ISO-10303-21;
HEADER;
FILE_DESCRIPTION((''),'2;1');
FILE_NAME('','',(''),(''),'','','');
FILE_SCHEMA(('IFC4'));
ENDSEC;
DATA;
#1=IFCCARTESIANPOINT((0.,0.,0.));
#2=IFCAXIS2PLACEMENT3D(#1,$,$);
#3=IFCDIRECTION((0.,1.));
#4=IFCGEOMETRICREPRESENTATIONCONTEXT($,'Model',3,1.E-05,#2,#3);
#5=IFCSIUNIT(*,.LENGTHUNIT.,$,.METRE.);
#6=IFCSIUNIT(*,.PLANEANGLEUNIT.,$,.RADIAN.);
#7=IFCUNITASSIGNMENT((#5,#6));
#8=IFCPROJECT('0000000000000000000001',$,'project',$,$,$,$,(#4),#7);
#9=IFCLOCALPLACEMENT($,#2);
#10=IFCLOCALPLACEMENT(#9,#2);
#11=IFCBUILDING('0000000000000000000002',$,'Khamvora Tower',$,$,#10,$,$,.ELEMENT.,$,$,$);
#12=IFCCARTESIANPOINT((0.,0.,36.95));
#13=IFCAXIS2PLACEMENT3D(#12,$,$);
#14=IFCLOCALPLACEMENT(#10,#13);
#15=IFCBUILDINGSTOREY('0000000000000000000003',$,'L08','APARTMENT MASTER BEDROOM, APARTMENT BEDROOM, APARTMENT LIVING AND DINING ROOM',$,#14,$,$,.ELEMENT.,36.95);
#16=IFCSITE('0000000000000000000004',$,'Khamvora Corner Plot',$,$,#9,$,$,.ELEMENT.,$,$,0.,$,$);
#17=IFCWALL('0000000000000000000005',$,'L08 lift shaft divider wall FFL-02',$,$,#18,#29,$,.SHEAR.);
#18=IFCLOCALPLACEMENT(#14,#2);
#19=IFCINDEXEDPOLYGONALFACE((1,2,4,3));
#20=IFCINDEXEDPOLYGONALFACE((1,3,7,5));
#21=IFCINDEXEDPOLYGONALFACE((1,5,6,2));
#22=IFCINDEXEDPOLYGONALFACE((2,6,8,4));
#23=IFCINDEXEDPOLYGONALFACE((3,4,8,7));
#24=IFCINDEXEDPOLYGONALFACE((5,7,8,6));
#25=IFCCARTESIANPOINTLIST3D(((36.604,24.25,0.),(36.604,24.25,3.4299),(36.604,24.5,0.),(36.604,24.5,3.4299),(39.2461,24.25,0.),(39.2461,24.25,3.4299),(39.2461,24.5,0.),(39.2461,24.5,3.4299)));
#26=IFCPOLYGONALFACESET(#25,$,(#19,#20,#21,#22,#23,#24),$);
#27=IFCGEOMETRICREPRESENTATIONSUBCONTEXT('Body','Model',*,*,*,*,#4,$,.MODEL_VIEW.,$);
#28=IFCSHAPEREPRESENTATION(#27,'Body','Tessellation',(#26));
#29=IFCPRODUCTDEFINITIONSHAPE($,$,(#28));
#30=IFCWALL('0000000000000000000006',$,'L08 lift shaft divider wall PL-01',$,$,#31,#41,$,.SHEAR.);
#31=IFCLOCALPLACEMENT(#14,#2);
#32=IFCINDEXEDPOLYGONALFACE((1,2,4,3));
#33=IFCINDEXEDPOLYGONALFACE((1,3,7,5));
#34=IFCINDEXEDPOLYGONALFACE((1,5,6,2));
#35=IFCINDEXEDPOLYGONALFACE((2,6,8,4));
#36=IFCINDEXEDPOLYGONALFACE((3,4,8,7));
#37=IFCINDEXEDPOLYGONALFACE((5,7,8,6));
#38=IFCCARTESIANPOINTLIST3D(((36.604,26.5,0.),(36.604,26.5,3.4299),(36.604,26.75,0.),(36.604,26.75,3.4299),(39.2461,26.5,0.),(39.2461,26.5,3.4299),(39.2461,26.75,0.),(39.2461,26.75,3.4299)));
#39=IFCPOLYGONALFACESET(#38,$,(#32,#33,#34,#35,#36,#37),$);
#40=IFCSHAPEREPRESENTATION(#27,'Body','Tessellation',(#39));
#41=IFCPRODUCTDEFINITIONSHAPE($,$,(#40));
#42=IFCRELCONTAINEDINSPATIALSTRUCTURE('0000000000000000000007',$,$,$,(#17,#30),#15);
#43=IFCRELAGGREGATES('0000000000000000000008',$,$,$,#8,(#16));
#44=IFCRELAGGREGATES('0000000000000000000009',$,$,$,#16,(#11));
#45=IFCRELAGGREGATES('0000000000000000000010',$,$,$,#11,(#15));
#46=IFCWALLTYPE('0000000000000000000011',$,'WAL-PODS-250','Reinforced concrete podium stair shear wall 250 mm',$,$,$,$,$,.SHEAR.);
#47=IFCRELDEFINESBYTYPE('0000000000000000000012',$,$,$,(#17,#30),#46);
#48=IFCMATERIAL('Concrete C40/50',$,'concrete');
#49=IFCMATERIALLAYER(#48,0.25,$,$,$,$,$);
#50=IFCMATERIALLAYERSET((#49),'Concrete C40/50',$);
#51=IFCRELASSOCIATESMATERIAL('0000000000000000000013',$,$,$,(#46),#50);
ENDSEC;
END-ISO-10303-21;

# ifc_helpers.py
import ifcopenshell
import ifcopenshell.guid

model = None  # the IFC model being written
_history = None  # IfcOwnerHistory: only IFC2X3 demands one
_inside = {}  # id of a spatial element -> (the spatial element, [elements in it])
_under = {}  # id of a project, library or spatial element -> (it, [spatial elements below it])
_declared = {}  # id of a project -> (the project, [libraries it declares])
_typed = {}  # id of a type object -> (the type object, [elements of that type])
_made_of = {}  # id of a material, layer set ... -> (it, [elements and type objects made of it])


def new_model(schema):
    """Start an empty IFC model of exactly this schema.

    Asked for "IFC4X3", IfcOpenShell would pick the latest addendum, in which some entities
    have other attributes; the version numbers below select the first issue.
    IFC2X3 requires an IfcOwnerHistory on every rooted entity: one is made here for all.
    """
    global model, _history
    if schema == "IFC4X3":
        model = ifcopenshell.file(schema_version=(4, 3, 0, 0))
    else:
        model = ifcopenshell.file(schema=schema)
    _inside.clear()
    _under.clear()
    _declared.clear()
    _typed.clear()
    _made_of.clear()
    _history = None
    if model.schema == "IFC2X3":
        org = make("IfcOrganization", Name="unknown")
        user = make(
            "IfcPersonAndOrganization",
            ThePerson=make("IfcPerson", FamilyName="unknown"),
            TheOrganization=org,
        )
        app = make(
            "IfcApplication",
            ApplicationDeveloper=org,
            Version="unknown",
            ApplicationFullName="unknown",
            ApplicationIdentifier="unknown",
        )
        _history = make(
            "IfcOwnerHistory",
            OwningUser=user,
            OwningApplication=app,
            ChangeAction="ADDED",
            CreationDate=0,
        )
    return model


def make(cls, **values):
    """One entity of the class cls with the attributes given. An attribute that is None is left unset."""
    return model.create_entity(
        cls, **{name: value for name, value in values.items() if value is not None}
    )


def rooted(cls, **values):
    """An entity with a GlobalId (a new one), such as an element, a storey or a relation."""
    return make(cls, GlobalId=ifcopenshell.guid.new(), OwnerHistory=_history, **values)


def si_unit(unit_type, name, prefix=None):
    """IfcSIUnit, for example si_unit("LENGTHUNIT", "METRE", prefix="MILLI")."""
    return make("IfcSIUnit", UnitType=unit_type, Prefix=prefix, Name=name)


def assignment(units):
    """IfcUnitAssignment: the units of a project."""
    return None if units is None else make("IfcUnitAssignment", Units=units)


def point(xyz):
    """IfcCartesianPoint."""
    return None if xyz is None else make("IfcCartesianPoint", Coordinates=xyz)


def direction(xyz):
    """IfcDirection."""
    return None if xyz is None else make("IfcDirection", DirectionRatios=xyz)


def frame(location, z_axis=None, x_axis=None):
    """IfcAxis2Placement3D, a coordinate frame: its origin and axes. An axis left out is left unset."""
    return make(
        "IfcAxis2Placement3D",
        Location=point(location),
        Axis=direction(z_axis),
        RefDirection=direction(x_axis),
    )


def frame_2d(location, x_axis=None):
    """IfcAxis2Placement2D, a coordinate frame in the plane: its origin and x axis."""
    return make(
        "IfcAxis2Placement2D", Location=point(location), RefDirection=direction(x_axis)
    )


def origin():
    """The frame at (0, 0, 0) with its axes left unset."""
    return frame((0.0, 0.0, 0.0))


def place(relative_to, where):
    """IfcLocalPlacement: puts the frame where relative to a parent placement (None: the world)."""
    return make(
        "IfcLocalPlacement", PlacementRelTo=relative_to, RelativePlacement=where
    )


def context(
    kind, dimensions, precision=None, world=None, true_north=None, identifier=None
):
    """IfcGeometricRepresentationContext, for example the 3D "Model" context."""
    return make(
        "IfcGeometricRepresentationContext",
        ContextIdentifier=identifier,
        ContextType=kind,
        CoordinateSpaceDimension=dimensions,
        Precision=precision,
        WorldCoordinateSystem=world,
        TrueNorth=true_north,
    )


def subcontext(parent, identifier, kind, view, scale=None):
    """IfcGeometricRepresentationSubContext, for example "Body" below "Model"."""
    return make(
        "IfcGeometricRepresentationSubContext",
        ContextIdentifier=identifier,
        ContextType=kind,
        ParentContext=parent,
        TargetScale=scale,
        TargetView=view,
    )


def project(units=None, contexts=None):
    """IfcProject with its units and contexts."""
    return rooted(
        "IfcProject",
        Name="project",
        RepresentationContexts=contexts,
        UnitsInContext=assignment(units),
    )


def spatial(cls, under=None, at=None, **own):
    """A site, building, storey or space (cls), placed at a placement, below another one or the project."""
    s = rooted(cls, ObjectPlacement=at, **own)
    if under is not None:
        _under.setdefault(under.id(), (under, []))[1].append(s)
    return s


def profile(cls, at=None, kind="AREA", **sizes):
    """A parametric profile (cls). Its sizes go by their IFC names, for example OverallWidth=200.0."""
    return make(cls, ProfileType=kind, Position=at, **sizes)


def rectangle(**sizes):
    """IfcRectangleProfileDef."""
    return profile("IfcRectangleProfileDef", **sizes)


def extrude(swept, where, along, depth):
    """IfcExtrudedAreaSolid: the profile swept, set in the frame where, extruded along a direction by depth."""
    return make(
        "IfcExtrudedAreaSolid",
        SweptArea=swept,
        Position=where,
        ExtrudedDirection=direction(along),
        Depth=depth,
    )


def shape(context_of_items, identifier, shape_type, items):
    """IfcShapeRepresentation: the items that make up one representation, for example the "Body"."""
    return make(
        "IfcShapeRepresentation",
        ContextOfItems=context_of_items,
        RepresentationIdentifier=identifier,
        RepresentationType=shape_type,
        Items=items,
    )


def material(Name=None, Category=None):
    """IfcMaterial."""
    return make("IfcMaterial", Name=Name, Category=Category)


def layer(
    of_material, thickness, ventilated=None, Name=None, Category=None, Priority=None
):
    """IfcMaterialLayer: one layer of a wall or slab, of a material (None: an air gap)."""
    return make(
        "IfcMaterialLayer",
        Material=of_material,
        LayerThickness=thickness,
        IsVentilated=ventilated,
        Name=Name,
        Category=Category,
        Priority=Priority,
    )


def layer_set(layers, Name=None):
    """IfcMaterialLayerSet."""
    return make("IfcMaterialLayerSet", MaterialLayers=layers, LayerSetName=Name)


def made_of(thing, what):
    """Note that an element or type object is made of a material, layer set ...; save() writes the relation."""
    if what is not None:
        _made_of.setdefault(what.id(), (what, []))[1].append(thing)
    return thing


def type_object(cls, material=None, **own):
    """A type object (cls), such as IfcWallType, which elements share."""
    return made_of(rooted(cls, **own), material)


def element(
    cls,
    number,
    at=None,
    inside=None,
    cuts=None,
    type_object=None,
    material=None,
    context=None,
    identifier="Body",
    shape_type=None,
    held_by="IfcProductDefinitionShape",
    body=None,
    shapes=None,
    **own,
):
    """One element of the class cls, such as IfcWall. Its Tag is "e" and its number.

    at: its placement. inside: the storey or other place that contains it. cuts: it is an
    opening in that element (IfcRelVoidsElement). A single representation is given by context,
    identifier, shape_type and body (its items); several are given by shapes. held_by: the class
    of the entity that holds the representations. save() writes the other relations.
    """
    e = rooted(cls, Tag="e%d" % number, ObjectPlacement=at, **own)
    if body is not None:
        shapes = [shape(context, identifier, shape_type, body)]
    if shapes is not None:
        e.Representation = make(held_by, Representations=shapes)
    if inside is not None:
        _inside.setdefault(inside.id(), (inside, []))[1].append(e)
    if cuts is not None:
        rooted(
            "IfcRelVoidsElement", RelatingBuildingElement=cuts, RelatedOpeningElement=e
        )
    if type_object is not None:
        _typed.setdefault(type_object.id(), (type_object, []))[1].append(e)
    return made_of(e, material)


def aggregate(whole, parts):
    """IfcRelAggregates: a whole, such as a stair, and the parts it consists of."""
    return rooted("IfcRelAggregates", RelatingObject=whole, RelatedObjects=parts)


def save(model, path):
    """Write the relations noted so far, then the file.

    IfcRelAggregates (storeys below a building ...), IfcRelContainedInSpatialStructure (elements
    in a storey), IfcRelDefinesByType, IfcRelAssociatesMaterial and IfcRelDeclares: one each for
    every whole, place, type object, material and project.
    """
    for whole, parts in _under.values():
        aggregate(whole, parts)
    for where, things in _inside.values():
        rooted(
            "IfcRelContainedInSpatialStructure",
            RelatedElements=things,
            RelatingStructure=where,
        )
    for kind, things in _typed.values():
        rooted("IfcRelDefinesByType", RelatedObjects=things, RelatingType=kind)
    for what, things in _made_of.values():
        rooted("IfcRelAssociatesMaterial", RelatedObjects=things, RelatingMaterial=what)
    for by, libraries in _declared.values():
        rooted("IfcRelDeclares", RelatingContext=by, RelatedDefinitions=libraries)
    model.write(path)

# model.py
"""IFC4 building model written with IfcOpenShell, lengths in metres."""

from ifc_helpers import new_model, si_unit, direction, frame, frame_2d, origin, place, context, subcontext, project, spatial, rectangle, extrude, material, layer, layer_set, type_object, element, save


model = new_model("IFC4")

# Units and contexts
model_context = context("Model", 3, precision=1e-05, world=origin(), true_north=direction((0.0, 1.0)))
body_context = subcontext(model_context, "Body", "Model", "MODEL_VIEW")
ifc_project = project(units=[si_unit("LENGTHUNIT", "METRE"), si_unit("PLANEANGLEUNIT", "RADIAN")], contexts=[model_context])

# Site, building, storey
site_placement = place(None, origin())
site = spatial("IfcSite", under=ifc_project, at=site_placement, Name="Khamvora Corner Plot", CompositionType="ELEMENT", RefElevation=0.0)
building_placement = place(site_placement, origin())
building = spatial("IfcBuilding", under=site, at=building_placement, Name="Khamvora Tower", CompositionType="ELEMENT")
storey_placement = place(building_placement, frame((0.0, 0.0, 36.95)))
storey = spatial("IfcBuildingStorey", under=building, at=storey_placement, Name="L08", Description="APARTMENT MASTER BEDROOM, APARTMENT BEDROOM, APARTMENT LIVING AND DINING ROOM", CompositionType="ELEMENT", Elevation=36.95)

# Walls
ifc_material_1 = material(Name="Concrete C40/50", Category="concrete")
ifc_layer_1 = layer(ifc_material_1, 0.25)
ifc_layer_set_1 = layer_set([ifc_layer_1], Name="Concrete C40/50")
wall_type_1 = type_object("IfcWallType", Name="WAL-PODS-250", Description="Reinforced concrete podium stair shear wall 250 mm", PredefinedType="SHEAR", material=ifc_layer_set_1)
for number, where, z_axis, x_axis, name in (
    (1, (36.604, 24.375, 0.0), (0.0, 0.0, 1.0), (1.0, 0.0, 0.0), "L08 lift shaft divider wall FFL-02"),
    (2, (36.604, 26.625, 0.0), (0.0, 0.0, 1.0), (1.0, 0.0, 0.0), "L08 lift shaft divider wall PL-01"),
):
    element("IfcWall", number, at=place(storey_placement, frame(where, z_axis=z_axis, x_axis=x_axis)), inside=storey, type_object=wall_type_1, Name=name, PredefinedType="SHEAR", context=body_context, shape_type="SweptSolid", body=[
        extrude(rectangle(XDim=2.6421, YDim=0.25, at=frame_2d((1.321, 0.0))), origin(), (0.0, 0.0, 1.0), 3.4299),
    ])

save(model, "model.ifc")
